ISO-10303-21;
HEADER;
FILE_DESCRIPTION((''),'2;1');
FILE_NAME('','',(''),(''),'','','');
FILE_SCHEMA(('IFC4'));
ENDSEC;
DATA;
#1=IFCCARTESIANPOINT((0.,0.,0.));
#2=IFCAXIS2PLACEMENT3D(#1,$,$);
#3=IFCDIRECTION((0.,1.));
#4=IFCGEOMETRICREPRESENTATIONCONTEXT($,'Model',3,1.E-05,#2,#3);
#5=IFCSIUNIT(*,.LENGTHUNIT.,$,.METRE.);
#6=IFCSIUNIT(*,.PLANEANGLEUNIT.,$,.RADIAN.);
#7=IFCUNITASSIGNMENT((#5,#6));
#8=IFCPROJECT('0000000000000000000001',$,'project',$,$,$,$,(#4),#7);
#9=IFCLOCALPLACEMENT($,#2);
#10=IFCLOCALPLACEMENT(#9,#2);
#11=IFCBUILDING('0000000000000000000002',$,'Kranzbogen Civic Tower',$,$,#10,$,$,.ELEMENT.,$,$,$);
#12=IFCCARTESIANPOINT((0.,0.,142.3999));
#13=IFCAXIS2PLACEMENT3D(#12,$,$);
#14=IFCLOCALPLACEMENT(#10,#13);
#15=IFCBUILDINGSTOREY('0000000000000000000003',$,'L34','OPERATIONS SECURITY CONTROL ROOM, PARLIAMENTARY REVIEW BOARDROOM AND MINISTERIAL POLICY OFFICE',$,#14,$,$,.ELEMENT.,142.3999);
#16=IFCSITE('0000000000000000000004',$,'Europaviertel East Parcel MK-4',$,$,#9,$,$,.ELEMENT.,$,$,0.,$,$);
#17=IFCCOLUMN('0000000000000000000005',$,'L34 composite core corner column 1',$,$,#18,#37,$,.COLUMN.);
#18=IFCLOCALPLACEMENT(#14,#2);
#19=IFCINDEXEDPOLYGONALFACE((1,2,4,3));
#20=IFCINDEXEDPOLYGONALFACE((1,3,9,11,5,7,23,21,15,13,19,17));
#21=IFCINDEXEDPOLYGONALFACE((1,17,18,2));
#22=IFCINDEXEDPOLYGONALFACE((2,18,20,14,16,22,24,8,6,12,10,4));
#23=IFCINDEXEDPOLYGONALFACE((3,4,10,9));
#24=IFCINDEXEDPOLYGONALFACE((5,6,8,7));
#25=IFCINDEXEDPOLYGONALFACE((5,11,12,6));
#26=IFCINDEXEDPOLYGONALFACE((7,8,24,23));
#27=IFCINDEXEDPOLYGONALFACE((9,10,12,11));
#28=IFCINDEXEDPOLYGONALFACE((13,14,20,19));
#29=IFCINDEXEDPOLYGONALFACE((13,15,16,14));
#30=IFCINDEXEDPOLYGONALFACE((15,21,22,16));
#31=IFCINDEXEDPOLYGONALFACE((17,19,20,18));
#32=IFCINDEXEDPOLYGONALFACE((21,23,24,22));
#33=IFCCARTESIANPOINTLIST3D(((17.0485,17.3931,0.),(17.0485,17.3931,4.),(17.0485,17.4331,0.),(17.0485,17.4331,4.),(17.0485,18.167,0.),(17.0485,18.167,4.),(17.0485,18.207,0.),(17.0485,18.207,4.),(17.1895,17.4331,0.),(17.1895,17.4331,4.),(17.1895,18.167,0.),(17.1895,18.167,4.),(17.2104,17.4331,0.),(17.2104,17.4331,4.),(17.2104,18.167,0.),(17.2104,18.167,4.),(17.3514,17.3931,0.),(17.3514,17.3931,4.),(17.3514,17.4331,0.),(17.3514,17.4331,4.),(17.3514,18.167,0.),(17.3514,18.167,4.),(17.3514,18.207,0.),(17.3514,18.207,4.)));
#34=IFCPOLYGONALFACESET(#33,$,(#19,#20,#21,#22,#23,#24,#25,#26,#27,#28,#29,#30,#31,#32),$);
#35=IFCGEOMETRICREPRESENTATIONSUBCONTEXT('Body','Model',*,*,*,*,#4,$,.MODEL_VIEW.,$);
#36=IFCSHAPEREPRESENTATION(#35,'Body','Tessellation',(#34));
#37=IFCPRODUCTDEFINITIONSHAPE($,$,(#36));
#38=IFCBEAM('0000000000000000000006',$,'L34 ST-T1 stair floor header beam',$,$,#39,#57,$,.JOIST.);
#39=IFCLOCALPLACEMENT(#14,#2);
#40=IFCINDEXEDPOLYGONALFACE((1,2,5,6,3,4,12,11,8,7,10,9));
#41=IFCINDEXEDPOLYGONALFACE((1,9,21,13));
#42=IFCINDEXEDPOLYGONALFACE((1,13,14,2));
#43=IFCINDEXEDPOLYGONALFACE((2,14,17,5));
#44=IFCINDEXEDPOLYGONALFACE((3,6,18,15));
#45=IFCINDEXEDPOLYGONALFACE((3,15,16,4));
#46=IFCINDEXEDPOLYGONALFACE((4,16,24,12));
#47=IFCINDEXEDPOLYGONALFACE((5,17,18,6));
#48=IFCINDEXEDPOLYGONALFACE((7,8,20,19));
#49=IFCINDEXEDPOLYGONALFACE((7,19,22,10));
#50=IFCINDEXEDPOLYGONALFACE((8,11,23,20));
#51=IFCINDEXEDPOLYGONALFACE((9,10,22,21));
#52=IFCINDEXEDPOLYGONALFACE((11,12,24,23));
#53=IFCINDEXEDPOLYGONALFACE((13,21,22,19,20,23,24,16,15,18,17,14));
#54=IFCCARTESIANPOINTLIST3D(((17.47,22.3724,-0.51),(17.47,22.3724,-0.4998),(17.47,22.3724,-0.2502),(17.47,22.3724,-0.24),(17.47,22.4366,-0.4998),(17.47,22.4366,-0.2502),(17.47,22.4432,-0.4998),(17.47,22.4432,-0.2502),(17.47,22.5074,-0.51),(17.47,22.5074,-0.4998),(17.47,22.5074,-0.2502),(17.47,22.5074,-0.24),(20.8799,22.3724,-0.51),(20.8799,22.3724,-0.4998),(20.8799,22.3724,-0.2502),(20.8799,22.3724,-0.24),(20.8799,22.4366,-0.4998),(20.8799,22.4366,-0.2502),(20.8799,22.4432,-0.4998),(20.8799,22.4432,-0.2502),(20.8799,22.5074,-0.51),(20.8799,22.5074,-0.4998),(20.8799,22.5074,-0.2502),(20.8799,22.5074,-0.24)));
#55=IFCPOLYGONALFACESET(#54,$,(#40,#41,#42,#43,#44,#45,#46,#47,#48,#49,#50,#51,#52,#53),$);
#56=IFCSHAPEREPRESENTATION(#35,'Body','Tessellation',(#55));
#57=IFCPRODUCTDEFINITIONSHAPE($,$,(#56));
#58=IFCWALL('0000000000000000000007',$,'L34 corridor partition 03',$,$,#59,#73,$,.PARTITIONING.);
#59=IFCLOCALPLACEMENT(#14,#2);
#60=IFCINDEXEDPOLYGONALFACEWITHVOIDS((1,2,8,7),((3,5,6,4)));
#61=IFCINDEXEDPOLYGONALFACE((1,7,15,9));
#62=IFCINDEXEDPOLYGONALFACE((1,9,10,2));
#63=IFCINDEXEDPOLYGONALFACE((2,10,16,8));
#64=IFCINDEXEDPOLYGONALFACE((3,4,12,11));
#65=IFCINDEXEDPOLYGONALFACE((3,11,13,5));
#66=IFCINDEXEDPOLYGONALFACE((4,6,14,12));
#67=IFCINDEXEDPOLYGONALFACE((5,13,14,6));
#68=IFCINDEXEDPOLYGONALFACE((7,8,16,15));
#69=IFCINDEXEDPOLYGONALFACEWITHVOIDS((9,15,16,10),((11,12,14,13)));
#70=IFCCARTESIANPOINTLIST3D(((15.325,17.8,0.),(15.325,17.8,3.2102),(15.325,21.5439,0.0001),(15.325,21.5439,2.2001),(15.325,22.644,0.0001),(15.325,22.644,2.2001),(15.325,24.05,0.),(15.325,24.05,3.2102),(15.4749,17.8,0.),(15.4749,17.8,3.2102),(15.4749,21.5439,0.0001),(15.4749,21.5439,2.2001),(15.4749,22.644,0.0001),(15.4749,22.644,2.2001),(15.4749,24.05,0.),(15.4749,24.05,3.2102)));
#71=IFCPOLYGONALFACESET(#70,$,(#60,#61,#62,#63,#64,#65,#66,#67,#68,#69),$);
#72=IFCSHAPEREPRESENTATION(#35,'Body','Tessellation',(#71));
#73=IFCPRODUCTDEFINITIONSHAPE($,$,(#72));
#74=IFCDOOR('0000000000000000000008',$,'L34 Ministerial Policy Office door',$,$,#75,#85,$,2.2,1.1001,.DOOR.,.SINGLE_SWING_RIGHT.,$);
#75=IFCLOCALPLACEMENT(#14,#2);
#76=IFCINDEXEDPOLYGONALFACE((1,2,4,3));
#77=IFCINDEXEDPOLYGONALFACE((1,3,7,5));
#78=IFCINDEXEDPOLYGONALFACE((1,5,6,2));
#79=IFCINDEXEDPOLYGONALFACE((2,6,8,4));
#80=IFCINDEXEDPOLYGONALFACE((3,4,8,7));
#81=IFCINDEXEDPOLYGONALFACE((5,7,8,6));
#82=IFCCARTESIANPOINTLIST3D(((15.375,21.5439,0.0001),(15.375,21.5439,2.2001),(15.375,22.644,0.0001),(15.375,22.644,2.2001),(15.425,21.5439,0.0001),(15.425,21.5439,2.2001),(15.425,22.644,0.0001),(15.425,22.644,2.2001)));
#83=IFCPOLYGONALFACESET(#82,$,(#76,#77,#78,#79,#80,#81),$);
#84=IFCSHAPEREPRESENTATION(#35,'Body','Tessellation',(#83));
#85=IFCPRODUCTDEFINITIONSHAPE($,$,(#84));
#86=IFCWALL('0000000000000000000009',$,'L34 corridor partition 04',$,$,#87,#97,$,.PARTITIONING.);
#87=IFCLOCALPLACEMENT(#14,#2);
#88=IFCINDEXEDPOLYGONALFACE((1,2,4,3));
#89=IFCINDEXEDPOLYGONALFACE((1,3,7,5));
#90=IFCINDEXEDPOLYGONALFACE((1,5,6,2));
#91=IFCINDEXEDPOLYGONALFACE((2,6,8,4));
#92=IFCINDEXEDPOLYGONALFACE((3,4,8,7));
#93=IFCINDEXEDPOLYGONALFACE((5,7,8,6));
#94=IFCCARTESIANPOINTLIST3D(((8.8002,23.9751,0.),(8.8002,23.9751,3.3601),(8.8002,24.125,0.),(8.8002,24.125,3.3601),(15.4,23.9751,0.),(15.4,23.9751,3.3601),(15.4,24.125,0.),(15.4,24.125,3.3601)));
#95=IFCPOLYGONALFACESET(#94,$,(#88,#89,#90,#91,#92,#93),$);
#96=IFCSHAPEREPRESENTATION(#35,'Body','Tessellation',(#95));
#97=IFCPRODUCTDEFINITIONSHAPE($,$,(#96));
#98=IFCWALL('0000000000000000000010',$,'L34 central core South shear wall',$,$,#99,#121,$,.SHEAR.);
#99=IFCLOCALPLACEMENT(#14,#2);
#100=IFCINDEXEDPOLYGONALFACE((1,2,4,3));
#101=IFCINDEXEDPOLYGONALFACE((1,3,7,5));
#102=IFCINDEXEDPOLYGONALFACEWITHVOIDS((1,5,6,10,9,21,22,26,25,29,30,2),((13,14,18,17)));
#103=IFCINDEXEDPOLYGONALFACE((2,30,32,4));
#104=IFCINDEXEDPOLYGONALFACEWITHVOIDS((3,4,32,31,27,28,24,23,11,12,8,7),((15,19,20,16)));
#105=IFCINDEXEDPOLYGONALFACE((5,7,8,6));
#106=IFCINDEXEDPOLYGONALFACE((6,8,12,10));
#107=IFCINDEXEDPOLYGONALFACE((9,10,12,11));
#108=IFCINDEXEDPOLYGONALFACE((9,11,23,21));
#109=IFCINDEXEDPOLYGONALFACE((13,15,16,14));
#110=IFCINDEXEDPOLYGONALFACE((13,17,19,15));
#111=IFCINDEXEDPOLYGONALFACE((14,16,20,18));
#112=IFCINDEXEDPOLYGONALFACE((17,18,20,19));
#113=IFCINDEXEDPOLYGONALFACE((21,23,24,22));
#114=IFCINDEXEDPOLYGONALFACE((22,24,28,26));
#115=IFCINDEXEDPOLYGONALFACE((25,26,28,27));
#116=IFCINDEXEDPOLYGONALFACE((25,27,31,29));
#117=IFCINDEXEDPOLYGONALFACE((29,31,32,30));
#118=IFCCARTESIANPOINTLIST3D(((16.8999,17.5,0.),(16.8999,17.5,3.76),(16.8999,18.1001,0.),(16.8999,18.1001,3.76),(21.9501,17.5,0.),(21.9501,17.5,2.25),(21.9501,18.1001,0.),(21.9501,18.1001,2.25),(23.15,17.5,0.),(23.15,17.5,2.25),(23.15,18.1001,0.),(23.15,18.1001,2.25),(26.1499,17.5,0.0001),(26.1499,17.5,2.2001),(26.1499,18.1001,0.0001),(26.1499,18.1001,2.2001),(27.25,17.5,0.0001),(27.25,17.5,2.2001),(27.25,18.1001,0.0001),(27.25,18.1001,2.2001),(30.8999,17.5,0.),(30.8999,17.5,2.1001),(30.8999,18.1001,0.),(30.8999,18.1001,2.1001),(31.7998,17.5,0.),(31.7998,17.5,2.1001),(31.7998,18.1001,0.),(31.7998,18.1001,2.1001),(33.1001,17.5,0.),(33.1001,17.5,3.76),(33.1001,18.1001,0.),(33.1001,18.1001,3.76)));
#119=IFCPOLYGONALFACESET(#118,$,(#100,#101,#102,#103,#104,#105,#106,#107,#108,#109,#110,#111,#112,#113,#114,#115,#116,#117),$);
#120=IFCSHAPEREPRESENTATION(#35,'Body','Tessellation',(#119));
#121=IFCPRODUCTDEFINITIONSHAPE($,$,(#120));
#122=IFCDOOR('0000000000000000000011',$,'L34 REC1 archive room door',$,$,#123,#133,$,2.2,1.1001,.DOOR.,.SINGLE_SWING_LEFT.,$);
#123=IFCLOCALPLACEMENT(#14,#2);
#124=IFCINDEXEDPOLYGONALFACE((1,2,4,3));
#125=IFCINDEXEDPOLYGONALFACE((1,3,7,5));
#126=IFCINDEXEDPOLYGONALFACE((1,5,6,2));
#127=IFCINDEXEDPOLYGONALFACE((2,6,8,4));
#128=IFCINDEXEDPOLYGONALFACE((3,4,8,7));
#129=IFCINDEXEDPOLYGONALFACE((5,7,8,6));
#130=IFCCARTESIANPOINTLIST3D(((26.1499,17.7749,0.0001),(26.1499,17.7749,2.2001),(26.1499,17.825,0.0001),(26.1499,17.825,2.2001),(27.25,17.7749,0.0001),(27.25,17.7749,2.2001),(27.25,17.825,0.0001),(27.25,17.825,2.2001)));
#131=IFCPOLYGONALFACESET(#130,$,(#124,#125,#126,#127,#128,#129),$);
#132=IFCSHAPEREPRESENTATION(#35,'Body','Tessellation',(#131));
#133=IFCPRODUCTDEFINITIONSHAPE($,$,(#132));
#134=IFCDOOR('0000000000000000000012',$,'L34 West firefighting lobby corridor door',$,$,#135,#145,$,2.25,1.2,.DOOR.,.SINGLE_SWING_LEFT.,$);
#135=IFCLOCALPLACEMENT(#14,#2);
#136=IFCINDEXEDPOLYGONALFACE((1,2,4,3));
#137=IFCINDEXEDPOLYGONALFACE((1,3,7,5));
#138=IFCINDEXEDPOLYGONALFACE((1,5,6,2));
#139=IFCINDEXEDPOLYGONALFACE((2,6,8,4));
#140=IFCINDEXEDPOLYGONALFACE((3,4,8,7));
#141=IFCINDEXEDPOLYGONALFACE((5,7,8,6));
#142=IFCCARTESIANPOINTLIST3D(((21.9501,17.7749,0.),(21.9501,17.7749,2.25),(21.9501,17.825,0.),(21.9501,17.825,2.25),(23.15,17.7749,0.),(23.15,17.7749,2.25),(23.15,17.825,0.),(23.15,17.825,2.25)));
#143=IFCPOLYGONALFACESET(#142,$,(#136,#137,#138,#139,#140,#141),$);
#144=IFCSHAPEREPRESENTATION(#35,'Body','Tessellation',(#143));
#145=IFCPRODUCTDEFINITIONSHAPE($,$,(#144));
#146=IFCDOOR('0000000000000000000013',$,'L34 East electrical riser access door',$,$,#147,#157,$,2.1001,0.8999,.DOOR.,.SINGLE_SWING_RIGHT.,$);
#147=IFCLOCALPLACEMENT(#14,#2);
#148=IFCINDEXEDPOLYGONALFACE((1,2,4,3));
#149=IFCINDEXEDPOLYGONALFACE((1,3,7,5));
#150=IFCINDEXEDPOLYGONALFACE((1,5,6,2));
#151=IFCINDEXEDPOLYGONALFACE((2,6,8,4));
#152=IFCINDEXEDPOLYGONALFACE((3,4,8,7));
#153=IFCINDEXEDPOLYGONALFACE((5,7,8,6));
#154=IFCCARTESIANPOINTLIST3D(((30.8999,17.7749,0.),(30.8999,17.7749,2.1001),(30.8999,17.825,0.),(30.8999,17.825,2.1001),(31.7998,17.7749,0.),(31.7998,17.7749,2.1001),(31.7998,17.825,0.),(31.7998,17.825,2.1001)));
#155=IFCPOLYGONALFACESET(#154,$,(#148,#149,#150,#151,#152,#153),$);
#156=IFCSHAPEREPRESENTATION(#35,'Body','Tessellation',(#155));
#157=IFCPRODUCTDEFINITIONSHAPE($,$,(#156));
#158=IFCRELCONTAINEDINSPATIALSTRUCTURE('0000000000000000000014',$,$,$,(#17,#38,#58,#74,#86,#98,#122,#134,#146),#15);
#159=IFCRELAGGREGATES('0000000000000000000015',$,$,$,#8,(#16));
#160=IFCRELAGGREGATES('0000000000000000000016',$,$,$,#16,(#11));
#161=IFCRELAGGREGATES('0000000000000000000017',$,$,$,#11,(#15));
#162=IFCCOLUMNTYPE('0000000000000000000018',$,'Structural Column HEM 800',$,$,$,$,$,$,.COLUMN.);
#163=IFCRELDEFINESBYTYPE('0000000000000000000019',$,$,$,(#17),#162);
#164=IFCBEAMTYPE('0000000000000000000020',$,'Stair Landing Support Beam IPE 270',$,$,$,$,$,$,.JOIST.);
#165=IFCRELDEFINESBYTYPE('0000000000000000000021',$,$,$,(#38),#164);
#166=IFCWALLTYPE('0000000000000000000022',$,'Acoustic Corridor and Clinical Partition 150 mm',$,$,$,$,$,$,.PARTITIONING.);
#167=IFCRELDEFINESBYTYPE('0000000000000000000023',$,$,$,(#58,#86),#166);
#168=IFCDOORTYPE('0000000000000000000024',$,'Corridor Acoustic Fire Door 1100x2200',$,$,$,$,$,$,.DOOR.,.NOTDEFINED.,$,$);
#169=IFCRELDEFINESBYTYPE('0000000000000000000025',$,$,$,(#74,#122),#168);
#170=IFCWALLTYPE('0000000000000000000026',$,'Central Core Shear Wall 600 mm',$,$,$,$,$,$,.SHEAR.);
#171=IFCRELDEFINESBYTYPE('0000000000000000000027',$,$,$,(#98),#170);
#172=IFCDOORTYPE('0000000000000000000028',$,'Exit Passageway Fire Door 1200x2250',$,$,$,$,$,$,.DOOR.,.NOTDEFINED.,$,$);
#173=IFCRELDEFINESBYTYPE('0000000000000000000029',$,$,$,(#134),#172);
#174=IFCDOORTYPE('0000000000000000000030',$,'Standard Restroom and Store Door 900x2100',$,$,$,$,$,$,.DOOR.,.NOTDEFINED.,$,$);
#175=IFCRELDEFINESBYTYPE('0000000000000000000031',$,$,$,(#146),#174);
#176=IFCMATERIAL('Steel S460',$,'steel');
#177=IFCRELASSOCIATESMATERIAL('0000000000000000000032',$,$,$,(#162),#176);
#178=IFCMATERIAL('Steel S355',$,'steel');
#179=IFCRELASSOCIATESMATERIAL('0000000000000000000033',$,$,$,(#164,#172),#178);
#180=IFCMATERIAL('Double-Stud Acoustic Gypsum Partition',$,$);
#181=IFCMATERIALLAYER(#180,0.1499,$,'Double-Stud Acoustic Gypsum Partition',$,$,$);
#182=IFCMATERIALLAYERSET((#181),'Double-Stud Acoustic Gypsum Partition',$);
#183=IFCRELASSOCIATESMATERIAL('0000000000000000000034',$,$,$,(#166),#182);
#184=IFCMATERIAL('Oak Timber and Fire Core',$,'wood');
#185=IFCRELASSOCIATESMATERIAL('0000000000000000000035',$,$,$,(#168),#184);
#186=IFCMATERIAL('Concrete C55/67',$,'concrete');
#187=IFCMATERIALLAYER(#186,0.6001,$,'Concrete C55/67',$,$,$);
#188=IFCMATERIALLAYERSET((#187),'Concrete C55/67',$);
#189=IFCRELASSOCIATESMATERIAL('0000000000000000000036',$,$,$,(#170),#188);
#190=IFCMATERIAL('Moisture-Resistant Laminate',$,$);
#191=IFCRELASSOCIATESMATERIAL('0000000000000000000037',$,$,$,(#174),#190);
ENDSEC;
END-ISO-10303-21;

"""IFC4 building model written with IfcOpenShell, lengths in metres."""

from ifc_helpers import new_model, si_unit, direction, frame, frame_2d, origin, origin_2d, place, context, subcontext, project, spatial, rectangle, i_section, extrude, material, layer, layer_set, material_profile, profile_set, type_object, element, fill, save


model = new_model("IFC4")

# Units and contexts
model_context = context("Model", 3, precision=1e-05, world=origin(), true_north=direction((0.0, 1.0)))
body_context = subcontext(model_context, "Body", "Model", "MODEL_VIEW")
ifc_project = project(units=[si_unit("LENGTHUNIT", "METRE"), si_unit("PLANEANGLEUNIT", "RADIAN")], contexts=[model_context])

# Site, building, storey
site_placement = place(None, origin())
site = spatial("IfcSite", under=ifc_project, at=site_placement, Name="Europaviertel East Parcel MK-4", CompositionType="ELEMENT", RefElevation=0.0)
building_placement = place(site_placement, origin())
building = spatial("IfcBuilding", under=site, at=building_placement, Name="Kranzbogen Civic Tower", CompositionType="ELEMENT")
storey_placement = place(building_placement, frame((0.0, 0.0, 142.3999)))
storey = spatial("IfcBuildingStorey", under=building, at=storey_placement, Name="L34", Description="OPERATIONS SECURITY CONTROL ROOM, PARLIAMENTARY REVIEW BOARDROOM AND MINISTERIAL POLICY OFFICE", CompositionType="ELEMENT", Elevation=142.3999)

# Column
ifc_material_1 = material(Name="Steel S460", Category="steel")
ifc_material_profile_1 = material_profile(ifc_material_1, i_section(OverallWidth=0.303, OverallDepth=0.814, WebThickness=0.021, FlangeThickness=0.04, at=origin_2d()), Name="HEM 800")
ifc_profile_set_1 = profile_set([ifc_material_profile_1], Name="Steel S460")
column_type = type_object("IfcColumnType", Name="Structural Column HEM 800", PredefinedType="COLUMN", material=ifc_profile_set_1)
column_placement = place(storey_placement, frame((17.2, 17.8, 0.0), z_axis=(0.0, 0.0, 1.0), x_axis=(1.0, 0.0, 0.0)))
element("IfcColumn", 1, at=column_placement, inside=storey, type_object=column_type, Name="L34 composite core corner column 1", PredefinedType="COLUMN", context=body_context, shape_type="SweptSolid", body=[
    extrude(i_section(OverallWidth=0.303, OverallDepth=0.814, WebThickness=0.021, FlangeThickness=0.04, at=origin_2d()), origin(), (0.0, 0.0, 1.0), 4.0),
])

# Beam
ifc_material_2 = material(Name="Steel S355", Category="steel")
ifc_material_profile_2 = material_profile(ifc_material_2, i_section(OverallWidth=0.135, OverallDepth=0.27, WebThickness=0.0066, FlangeThickness=0.0103, at=origin_2d()), Name="IPE 270")
ifc_profile_set_2 = profile_set([ifc_material_profile_2], Name="Steel S355")
beam_type = type_object("IfcBeamType", Name="Stair Landing Support Beam IPE 270", PredefinedType="JOIST", material=ifc_profile_set_2)
beam_placement = place(storey_placement, frame((20.8799, 22.4399, -0.375), z_axis=(-1.0, 0.0, 0.0), x_axis=(0.0, -1.0, 0.0)))
element("IfcBeam", 2, at=beam_placement, inside=storey, type_object=beam_type, Name="L34 ST-T1 stair floor header beam", PredefinedType="JOIST", context=body_context, shape_type="SweptSolid", body=[
    extrude(i_section(OverallWidth=0.135, OverallDepth=0.27, WebThickness=0.0066, FlangeThickness=0.0103, at=origin_2d()), origin(), (0.0, 0.0, 1.0), 3.4099),
])

# Wall, opening, door
ifc_material_3 = material(Name="Double-Stud Acoustic Gypsum Partition")
ifc_layer_1 = layer(ifc_material_3, 0.1499, Name="Double-Stud Acoustic Gypsum Partition")
ifc_layer_set_1 = layer_set([ifc_layer_1], Name="Double-Stud Acoustic Gypsum Partition")
wall_type_1 = type_object("IfcWallType", Name="Acoustic Corridor and Clinical Partition 150 mm", PredefinedType="PARTITIONING", material=ifc_layer_set_1)
wall_1_placement = place(storey_placement, frame((15.3999, 17.8, 0.0), z_axis=(0.0, 0.0, 1.0), x_axis=(0.0, 1.0, 0.0)))
wall_1 = element("IfcWall", 3, at=wall_1_placement, inside=storey, type_object=wall_type_1, Name="L34 corridor partition 03", PredefinedType="PARTITIONING", context=body_context, shape_type="SweptSolid", body=[
    extrude(rectangle(XDim=6.25, YDim=0.1499, at=frame_2d((3.125, 0.0))), origin(), (0.0, 0.0, 1.0), 3.2102),
])
opening_1_placement = place(wall_1_placement, frame((3.7439, 0.0, 0.0)))
opening_1 = element("IfcOpeningElement", 4, at=opening_1_placement, cuts=wall_1, PredefinedType="OPENING", context=body_context, shape_type="SweptSolid", body=[
    extrude(rectangle(XDim=1.1001, YDim=2.2, at=frame_2d((0.55, 1.1001))), frame((0.0, 0.085, 0.0), z_axis=(0.0, -1.0, 0.0), x_axis=(1.0, 0.0, 0.0)), (0.0, 0.0, 1.0), 0.1699),
])
ifc_material_4 = material(Name="Oak Timber and Fire Core", Category="wood")
door_type_1 = type_object("IfcDoorType", Name="Corridor Acoustic Fire Door 1100x2200", OperationType="NOTDEFINED", PredefinedType="DOOR", material=ifc_material_4)
door_1_placement = place(opening_1_placement, origin())
door_1 = element("IfcDoor", 5, at=door_1_placement, inside=storey, type_object=door_type_1, Name="L34 Ministerial Policy Office door", OperationType="SINGLE_SWING_RIGHT", OverallHeight=2.2, OverallWidth=1.1001, PredefinedType="DOOR", context=body_context, shape_type="SweptSolid", body=[
    extrude(rectangle(XDim=1.1001, YDim=2.2, at=frame_2d((0.55, 1.1001))), frame((0.0, 0.0249, 0.0), z_axis=(0.0, -1.0, 0.0), x_axis=(1.0, 0.0, 0.0)), (0.0, 0.0, 1.0), 0.05),
])
fill(opening_1, door_1)

# Wall
wall_2_placement = place(storey_placement, frame((15.3999, 24.05, 0.0), z_axis=(0.0, 0.0, 1.0), x_axis=(-1.0, 0.0, 0.0)))
element("IfcWall", 6, at=wall_2_placement, inside=storey, type_object=wall_type_1, Name="L34 corridor partition 04", PredefinedType="PARTITIONING", context=body_context, shape_type="SweptSolid", body=[
    extrude(rectangle(XDim=6.5999, YDim=0.1499, at=frame_2d((3.2998, 0.0))), origin(), (0.0, 0.0, 1.0), 3.3601),
])

# Wall, openings, doors
ifc_material_5 = material(Name="Concrete C55/67", Category="concrete")
ifc_layer_2 = layer(ifc_material_5, 0.6001, Name="Concrete C55/67")
ifc_layer_set_2 = layer_set([ifc_layer_2], Name="Concrete C55/67")
wall_type_2 = type_object("IfcWallType", Name="Central Core Shear Wall 600 mm", PredefinedType="SHEAR", material=ifc_layer_set_2)
wall_3_placement = place(storey_placement, frame((16.8999, 17.8, 0.0), z_axis=(0.0, 0.0, 1.0), x_axis=(1.0, 0.0, 0.0)))
wall_3 = element("IfcWall", 7, at=wall_3_placement, inside=storey, type_object=wall_type_2, Name="L34 central core South shear wall", PredefinedType="SHEAR", context=body_context, shape_type="SweptSolid", body=[
    extrude(rectangle(XDim=16.2002, YDim=0.6001, at=frame_2d((8.1001, 0.0))), origin(), (0.0, 0.0, 1.0), 3.76),
])
opening_2_placement = place(wall_3_placement, frame((5.05, 0.0, 0.0)))
opening_2 = element("IfcOpeningElement", 8, at=opening_2_placement, cuts=wall_3, PredefinedType="OPENING", context=body_context, shape_type="SweptSolid", body=[
    extrude(rectangle(XDim=1.2, YDim=2.25, at=frame_2d((0.6001, 1.125))), frame((0.0, 0.3101, 0.0), z_axis=(0.0, -1.0, 0.0), x_axis=(1.0, 0.0, 0.0)), (0.0, 0.0, 1.0), 0.6201),
])
opening_3_placement = place(wall_3_placement, frame((14.0, 0.0, 0.0)))
opening_3 = element("IfcOpeningElement", 9, at=opening_3_placement, cuts=wall_3, PredefinedType="OPENING", context=body_context, shape_type="SweptSolid", body=[
    extrude(rectangle(XDim=0.8999, YDim=2.1001, at=frame_2d((0.45, 1.05))), frame((0.0, 0.3101, 0.0), z_axis=(0.0, -1.0, 0.0), x_axis=(1.0, 0.0, 0.0)), (0.0, 0.0, 1.0), 0.6201),
])
opening_4_placement = place(wall_3_placement, frame((9.25, 0.0, 0.0)))
opening_4 = element("IfcOpeningElement", 10, at=opening_4_placement, cuts=wall_3, PredefinedType="OPENING", context=body_context, shape_type="SweptSolid", body=[
    extrude(rectangle(XDim=1.1001, YDim=2.2, at=frame_2d((0.55, 1.1001))), frame((0.0, 0.3101, 0.0), z_axis=(0.0, -1.0, 0.0), x_axis=(1.0, 0.0, 0.0)), (0.0, 0.0, 1.0), 0.6201),
])
door_2_placement = place(opening_4_placement, origin())
door_2 = element("IfcDoor", 11, at=door_2_placement, inside=storey, type_object=door_type_1, Name="L34 REC1 archive room door", OperationType="SINGLE_SWING_LEFT", OverallHeight=2.2, OverallWidth=1.1001, PredefinedType="DOOR", context=body_context, shape_type="SweptSolid", body=[
    extrude(rectangle(XDim=1.1001, YDim=2.2, at=frame_2d((0.55, 1.1001))), frame((0.0, 0.0249, 0.0), z_axis=(0.0, -1.0, 0.0), x_axis=(1.0, 0.0, 0.0)), (0.0, 0.0, 1.0), 0.05),
])
fill(opening_4, door_2)
door_type_2 = type_object("IfcDoorType", Name="Exit Passageway Fire Door 1200x2250", OperationType="NOTDEFINED", PredefinedType="DOOR", material=ifc_material_2)
door_3_placement = place(opening_2_placement, origin())
door_3 = element("IfcDoor", 12, at=door_3_placement, inside=storey, type_object=door_type_2, Name="L34 West firefighting lobby corridor door", OperationType="SINGLE_SWING_LEFT", OverallHeight=2.25, OverallWidth=1.2, PredefinedType="DOOR", context=body_context, shape_type="SweptSolid", body=[
    extrude(rectangle(XDim=1.2, YDim=2.25, at=frame_2d((0.6001, 1.125))), frame((0.0, 0.0249, 0.0), z_axis=(0.0, -1.0, 0.0), x_axis=(1.0, 0.0, 0.0)), (0.0, 0.0, 1.0), 0.05),
])
fill(opening_2, door_3)
ifc_material_6 = material(Name="Moisture-Resistant Laminate")
door_type_3 = type_object("IfcDoorType", Name="Standard Restroom and Store Door 900x2100", OperationType="NOTDEFINED", PredefinedType="DOOR", material=ifc_material_6)
door_4_placement = place(opening_3_placement, origin())
door_4 = element("IfcDoor", 13, at=door_4_placement, inside=storey, type_object=door_type_3, Name="L34 East electrical riser access door", OperationType="SINGLE_SWING_RIGHT", OverallHeight=2.1001, OverallWidth=0.8999, PredefinedType="DOOR", context=body_context, shape_type="SweptSolid", body=[
    extrude(rectangle(XDim=0.8999, YDim=2.1001, at=frame_2d((0.45, 1.05))), frame((0.0, 0.0249, 0.0), z_axis=(0.0, -1.0, 0.0), x_axis=(1.0, 0.0, 0.0)), (0.0, 0.0, 1.0), 0.05),
])
fill(opening_3, door_4)

save(model, "model.ifc")
